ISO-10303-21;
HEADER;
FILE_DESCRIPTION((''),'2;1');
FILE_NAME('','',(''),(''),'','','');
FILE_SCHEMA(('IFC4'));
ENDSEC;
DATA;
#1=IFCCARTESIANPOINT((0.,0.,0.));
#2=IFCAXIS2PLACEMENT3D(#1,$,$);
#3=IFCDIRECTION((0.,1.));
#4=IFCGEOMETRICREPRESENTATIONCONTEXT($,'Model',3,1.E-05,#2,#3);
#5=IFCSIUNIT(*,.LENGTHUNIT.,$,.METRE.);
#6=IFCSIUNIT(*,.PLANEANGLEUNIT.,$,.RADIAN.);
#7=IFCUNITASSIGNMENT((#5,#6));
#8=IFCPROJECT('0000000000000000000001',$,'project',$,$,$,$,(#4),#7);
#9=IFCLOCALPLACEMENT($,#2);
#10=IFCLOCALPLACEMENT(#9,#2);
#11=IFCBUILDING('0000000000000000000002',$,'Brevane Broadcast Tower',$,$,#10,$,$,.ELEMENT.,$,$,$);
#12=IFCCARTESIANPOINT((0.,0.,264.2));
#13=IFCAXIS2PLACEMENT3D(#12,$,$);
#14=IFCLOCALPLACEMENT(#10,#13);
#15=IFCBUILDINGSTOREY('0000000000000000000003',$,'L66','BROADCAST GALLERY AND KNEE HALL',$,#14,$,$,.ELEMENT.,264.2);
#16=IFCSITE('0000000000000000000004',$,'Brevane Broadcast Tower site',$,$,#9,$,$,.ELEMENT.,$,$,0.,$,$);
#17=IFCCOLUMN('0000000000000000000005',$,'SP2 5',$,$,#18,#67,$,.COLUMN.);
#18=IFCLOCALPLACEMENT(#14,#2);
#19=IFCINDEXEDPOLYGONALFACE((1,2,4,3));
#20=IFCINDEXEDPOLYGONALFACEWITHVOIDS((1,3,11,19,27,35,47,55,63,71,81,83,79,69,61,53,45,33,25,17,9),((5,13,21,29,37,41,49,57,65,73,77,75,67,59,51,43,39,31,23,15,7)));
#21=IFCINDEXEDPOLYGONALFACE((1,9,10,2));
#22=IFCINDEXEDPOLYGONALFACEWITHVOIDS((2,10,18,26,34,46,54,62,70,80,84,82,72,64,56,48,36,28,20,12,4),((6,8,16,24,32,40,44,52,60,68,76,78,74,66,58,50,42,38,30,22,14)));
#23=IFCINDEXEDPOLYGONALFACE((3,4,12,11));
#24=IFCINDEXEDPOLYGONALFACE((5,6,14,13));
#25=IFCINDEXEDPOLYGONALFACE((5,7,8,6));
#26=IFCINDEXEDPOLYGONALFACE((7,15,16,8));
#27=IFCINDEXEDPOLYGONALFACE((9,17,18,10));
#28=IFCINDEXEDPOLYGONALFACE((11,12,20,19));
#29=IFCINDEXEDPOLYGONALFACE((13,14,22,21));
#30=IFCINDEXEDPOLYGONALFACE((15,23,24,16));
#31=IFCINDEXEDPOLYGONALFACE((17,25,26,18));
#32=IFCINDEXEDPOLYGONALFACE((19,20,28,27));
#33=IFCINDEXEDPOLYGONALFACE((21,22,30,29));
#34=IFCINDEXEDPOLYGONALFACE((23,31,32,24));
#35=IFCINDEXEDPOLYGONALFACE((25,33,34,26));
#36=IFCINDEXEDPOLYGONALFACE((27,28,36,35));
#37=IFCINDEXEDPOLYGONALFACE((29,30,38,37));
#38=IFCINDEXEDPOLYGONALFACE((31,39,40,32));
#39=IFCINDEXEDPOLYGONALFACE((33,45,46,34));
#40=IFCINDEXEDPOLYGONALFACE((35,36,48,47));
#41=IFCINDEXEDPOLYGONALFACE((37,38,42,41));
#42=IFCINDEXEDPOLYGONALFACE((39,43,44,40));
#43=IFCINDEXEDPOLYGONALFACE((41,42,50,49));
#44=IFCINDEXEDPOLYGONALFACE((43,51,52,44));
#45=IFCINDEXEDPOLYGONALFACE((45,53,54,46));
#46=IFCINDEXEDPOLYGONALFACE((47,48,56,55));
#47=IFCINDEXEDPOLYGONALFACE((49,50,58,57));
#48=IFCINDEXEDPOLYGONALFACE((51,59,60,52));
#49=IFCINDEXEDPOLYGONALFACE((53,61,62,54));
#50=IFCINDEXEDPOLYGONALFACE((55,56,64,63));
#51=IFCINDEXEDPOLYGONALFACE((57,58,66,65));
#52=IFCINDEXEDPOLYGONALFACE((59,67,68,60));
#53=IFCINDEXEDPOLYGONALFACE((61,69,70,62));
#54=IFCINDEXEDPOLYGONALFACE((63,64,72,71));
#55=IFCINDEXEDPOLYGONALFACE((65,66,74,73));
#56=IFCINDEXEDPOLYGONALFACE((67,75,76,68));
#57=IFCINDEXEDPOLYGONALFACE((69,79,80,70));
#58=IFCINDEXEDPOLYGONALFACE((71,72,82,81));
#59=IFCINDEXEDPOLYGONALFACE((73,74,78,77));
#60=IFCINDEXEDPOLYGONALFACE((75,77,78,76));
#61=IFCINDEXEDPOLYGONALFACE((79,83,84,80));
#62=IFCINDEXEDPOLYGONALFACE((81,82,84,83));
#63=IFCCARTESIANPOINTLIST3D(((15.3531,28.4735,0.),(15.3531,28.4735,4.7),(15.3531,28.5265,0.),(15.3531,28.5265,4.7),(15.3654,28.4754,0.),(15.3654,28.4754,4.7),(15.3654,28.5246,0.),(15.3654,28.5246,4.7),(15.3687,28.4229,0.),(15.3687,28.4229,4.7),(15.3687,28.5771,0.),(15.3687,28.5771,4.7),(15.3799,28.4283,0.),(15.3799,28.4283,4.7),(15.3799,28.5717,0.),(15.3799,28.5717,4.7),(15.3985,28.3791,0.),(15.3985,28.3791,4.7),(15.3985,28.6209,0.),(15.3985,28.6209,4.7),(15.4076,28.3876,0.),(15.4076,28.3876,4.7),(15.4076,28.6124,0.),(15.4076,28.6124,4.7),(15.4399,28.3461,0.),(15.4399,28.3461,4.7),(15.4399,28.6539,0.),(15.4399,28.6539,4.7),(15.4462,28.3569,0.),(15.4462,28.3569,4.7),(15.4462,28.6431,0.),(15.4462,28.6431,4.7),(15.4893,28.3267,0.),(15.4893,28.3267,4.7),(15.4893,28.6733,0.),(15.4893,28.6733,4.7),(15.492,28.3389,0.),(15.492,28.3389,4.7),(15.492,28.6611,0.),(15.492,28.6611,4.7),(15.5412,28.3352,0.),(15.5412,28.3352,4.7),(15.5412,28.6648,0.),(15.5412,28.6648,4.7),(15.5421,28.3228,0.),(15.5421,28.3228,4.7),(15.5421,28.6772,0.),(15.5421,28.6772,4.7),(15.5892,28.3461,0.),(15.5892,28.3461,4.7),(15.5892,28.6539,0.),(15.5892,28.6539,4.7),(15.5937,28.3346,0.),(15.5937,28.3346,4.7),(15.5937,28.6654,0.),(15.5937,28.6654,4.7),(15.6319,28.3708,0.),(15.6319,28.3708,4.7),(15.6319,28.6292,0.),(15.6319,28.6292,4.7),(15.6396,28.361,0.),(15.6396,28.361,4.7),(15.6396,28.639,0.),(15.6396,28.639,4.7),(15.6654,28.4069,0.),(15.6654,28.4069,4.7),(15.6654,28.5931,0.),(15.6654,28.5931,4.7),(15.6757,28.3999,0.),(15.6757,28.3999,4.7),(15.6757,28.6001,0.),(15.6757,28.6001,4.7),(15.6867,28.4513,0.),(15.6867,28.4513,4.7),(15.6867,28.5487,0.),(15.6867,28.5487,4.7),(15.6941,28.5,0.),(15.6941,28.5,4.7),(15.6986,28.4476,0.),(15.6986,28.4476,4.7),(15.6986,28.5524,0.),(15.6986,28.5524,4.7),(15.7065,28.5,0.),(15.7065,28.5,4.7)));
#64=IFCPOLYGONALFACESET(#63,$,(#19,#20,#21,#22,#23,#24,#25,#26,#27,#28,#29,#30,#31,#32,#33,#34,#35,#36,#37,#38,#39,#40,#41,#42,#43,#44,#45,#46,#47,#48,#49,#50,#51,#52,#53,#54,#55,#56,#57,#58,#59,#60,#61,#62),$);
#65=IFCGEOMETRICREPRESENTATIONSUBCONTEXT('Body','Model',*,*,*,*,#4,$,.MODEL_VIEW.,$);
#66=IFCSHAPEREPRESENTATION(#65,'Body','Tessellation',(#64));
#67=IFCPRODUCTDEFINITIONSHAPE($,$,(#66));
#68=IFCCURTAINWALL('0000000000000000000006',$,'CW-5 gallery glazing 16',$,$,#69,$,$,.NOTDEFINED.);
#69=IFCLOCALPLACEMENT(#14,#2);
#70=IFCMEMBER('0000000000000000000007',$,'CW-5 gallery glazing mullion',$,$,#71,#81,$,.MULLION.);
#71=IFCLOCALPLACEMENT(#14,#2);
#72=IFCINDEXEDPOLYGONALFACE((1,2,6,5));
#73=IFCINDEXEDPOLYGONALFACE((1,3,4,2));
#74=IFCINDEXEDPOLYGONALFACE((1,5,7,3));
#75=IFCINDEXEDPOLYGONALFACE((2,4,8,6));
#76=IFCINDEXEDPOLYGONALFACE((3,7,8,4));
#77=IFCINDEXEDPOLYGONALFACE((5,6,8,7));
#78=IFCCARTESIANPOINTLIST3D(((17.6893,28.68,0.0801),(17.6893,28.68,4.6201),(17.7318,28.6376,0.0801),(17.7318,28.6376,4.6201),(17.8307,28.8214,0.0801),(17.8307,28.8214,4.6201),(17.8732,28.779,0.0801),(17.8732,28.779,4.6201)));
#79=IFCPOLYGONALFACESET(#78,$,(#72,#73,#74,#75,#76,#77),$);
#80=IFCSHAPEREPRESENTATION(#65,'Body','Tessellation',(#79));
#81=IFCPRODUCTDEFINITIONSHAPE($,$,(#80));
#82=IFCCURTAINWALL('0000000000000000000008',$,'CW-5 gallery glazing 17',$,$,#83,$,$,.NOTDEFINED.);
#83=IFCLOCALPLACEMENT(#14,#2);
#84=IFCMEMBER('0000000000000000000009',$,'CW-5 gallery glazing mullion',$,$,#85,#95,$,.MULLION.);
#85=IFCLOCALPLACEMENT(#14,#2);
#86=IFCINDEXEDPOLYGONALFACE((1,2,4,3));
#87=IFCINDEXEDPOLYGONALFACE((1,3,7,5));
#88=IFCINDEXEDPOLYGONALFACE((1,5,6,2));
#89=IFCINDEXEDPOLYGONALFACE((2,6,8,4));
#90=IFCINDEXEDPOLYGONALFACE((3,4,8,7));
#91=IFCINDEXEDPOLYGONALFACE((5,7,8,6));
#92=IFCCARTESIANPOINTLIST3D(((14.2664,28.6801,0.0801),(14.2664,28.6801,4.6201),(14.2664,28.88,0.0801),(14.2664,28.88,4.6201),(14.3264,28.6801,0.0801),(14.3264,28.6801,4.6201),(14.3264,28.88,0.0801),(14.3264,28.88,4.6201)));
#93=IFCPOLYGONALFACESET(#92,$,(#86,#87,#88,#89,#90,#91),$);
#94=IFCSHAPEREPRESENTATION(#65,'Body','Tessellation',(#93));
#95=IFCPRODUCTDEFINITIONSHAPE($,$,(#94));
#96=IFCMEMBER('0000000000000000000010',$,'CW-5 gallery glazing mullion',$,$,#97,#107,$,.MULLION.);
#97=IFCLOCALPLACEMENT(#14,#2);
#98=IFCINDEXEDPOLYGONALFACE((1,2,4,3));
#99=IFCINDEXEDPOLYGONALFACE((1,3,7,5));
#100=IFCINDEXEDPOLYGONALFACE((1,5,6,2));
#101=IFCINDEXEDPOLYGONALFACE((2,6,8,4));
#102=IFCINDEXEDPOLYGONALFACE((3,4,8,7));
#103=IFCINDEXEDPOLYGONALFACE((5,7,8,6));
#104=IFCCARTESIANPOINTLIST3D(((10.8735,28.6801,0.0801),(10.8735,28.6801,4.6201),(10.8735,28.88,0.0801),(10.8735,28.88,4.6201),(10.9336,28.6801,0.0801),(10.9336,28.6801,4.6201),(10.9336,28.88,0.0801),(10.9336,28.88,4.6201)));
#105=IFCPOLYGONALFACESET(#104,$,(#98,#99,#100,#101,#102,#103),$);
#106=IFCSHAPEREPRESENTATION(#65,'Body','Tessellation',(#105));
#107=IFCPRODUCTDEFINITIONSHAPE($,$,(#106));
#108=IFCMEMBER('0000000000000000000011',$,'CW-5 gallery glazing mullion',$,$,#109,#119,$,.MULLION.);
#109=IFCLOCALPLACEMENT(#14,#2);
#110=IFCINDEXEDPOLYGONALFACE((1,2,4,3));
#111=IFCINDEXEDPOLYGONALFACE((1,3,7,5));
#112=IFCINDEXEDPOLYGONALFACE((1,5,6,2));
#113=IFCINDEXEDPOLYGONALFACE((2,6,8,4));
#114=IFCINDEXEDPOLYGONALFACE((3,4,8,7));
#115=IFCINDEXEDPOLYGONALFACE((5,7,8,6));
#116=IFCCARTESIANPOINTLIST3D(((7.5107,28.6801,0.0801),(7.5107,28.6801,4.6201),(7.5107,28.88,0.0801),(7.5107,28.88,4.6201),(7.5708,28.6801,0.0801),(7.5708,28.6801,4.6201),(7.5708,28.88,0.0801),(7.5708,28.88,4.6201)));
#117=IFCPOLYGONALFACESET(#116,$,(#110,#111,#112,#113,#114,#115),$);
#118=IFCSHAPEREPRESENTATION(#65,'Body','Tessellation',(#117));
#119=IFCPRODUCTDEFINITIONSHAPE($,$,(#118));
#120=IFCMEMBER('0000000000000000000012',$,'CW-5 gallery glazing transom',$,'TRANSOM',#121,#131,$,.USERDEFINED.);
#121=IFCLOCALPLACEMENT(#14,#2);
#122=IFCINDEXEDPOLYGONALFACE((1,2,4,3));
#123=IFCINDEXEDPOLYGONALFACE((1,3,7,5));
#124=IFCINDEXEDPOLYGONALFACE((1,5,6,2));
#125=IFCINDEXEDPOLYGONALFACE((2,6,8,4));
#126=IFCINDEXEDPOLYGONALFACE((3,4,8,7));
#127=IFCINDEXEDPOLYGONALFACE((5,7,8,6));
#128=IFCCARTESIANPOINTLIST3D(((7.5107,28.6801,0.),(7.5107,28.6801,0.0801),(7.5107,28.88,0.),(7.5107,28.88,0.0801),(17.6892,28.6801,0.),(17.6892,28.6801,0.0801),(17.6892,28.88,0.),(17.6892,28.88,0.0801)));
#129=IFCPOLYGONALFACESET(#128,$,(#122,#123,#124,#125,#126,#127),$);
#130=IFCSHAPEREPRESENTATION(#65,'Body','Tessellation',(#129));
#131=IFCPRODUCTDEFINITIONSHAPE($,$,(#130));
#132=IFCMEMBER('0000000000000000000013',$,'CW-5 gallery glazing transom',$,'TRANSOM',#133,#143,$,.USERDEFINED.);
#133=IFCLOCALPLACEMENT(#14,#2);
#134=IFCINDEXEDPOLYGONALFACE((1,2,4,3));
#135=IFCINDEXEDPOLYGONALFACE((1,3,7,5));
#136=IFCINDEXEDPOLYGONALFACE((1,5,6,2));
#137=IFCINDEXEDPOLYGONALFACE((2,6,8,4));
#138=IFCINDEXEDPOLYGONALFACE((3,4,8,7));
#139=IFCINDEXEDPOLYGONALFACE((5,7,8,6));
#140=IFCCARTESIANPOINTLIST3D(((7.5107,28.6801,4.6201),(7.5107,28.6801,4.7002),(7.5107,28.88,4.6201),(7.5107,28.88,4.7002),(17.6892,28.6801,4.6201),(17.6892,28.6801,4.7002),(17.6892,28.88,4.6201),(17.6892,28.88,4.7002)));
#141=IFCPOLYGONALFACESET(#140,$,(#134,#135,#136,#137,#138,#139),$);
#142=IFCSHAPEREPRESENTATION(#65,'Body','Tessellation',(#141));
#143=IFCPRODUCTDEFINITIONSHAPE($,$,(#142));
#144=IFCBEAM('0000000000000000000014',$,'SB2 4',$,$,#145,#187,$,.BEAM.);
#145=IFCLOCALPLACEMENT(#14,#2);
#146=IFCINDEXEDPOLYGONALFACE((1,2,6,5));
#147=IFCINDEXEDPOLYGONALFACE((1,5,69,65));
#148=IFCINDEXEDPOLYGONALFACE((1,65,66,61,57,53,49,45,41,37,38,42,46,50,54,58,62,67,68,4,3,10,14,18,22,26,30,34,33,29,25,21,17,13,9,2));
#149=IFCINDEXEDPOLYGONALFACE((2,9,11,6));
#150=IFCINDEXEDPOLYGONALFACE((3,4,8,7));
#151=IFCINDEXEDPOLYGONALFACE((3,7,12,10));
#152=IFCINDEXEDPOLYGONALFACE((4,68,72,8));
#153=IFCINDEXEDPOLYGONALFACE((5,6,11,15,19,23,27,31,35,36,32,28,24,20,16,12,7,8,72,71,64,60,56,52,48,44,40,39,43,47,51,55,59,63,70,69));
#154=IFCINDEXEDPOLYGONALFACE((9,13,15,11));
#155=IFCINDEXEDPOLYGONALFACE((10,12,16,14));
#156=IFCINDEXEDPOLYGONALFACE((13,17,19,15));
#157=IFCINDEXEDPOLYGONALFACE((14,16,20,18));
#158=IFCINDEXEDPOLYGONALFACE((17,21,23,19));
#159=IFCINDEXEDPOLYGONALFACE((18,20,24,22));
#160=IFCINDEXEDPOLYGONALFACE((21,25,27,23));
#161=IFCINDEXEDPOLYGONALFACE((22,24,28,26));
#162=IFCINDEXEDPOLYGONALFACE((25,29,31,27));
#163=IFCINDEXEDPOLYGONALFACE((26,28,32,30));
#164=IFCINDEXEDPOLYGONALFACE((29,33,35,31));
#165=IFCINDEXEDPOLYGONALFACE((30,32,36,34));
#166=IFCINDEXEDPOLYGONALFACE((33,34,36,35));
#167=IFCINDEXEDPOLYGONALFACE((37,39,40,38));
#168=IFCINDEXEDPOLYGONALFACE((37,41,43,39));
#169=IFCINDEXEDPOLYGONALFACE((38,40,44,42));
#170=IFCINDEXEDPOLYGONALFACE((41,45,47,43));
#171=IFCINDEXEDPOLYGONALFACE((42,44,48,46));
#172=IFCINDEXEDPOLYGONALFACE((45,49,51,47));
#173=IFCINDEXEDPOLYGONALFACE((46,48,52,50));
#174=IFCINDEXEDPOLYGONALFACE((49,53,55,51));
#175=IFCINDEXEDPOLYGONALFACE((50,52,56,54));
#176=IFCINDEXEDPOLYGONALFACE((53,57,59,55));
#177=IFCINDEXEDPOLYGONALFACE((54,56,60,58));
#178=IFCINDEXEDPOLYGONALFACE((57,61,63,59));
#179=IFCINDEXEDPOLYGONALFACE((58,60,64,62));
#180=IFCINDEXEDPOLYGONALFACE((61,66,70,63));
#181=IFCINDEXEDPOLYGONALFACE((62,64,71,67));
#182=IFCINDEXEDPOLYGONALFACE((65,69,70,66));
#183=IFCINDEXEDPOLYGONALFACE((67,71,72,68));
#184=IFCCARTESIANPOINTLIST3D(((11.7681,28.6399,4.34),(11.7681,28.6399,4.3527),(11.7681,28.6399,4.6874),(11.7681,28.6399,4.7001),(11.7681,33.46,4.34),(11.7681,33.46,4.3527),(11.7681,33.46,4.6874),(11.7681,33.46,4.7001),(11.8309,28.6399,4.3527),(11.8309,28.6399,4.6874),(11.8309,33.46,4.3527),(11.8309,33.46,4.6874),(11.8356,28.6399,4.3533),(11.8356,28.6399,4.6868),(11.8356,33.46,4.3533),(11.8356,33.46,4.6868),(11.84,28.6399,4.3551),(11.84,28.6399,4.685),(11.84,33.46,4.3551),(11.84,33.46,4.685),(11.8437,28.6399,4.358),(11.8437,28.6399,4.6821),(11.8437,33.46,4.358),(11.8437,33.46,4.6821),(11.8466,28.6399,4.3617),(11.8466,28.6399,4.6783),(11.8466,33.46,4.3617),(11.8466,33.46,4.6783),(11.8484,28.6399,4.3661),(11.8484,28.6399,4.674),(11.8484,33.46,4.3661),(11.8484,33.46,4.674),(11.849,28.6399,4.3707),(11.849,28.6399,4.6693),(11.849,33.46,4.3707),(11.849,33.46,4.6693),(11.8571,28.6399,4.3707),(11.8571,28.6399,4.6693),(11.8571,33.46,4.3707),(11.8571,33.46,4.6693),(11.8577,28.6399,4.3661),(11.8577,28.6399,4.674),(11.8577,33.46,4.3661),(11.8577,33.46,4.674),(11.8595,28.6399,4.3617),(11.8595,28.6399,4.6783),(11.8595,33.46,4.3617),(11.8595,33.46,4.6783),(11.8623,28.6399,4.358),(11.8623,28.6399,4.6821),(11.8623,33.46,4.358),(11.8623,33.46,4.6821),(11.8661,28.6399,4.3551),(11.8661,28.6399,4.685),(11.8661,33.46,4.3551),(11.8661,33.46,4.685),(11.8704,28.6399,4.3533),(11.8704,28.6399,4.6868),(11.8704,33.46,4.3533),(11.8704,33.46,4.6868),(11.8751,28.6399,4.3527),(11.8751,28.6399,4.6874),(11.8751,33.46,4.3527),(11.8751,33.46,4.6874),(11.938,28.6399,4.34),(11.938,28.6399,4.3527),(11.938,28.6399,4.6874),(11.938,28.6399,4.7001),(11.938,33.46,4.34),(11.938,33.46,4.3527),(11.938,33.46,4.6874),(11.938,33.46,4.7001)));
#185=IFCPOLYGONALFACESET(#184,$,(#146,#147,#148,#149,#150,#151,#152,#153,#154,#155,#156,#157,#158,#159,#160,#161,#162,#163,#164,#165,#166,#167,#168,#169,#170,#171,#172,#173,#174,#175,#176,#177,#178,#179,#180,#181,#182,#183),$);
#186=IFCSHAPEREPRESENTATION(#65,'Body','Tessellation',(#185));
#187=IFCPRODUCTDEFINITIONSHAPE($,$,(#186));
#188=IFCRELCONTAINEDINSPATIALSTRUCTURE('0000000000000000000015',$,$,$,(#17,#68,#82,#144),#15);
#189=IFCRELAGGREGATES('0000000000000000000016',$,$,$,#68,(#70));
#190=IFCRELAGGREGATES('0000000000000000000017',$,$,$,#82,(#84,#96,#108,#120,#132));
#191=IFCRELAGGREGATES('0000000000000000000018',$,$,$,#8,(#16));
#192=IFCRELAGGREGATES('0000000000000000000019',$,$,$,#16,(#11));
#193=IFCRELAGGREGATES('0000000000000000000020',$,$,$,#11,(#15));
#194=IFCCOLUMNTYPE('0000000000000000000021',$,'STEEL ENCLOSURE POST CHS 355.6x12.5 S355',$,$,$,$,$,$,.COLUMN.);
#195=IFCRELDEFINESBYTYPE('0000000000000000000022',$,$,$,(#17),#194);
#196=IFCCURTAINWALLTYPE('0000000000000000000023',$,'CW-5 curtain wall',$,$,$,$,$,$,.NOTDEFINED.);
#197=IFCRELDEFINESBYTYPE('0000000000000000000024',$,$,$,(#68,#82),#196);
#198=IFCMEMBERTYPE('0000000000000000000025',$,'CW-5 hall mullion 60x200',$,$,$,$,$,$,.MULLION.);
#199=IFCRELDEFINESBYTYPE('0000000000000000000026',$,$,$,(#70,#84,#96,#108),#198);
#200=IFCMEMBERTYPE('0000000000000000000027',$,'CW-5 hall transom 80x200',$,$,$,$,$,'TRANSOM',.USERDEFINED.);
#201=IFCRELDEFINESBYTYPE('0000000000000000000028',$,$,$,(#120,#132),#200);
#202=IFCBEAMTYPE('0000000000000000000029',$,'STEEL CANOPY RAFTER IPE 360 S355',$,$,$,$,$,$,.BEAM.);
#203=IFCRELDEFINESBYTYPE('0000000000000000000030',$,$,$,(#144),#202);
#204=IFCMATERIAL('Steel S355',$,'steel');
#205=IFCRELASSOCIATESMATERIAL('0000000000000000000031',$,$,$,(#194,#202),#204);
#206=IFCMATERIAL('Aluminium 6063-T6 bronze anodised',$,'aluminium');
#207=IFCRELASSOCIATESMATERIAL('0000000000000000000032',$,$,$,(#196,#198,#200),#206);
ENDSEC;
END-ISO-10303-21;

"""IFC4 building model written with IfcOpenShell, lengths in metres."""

from ifc_helpers import new_model, si_unit, direction, frame, origin, origin_2d, place, context, subcontext, project, spatial, rectangle, hollow_circle, i_section, extrude, material, material_profile, profile_set, type_object, element, aggregate, save


model = new_model("IFC4")

# Units and contexts
model_context = context("Model", 3, precision=1e-05, world=origin(), true_north=direction((0.0, 1.0)))
body_context = subcontext(model_context, "Body", "Model", "MODEL_VIEW")
ifc_project = project(units=[si_unit("LENGTHUNIT", "METRE"), si_unit("PLANEANGLEUNIT", "RADIAN")], contexts=[model_context])

# Site, building, storey
site_placement = place(None, origin())
site = spatial("IfcSite", under=ifc_project, at=site_placement, Name="Brevane Broadcast Tower site", CompositionType="ELEMENT", RefElevation=0.0)
building_placement = place(site_placement, origin())
building = spatial("IfcBuilding", under=site, at=building_placement, Name="Brevane Broadcast Tower", CompositionType="ELEMENT")
storey_placement = place(building_placement, frame((0.0, 0.0, 264.2)))
storey = spatial("IfcBuildingStorey", under=building, at=storey_placement, Name="L66", Description="BROADCAST GALLERY AND KNEE HALL", CompositionType="ELEMENT", Elevation=264.2)

# Column
ifc_material_1 = material(Name="Steel S355", Category="steel")
ifc_material_profile_1 = material_profile(ifc_material_1, hollow_circle(Radius=0.1777, WallThickness=0.0125, at=origin_2d()), Name="CHS 355.6x12.5")
ifc_profile_set_1 = profile_set([ifc_material_profile_1], Name="Steel S355")
column_type = type_object("IfcColumnType", Name="STEEL ENCLOSURE POST CHS 355.6x12.5 S355", PredefinedType="COLUMN", material=ifc_profile_set_1)
for number, where, z_axis, x_axis, name in (
    (1, (15.5288, 28.5, 0.0), (0.0, 0.0, 1.0), (1.0, 0.0, 0.0), "SP2 5"),
):
    element("IfcColumn", number, at=place(storey_placement, frame(where, z_axis=z_axis, x_axis=x_axis)), inside=storey, type_object=column_type, Name=name, PredefinedType="COLUMN", context=body_context, shape_type="SweptSolid", body=[
        extrude(hollow_circle(Radius=0.1777, WallThickness=0.0125, at=origin_2d()), origin(), (0.0, 0.0, 1.0), 4.7),
    ])

# Curtain wall, member
ifc_material_2 = material(Name="Aluminium 6063-T6 bronze anodised", Category="aluminium")
curtain_wall_type = type_object("IfcCurtainWallType", Name="CW-5 curtain wall", PredefinedType="NOTDEFINED", material=ifc_material_2)
curtain_wall_1_placement = place(storey_placement, origin())
curtain_wall_1 = element("IfcCurtainWall", 2, at=curtain_wall_1_placement, inside=storey, type_object=curtain_wall_type, Name="CW-5 gallery glazing 16", PredefinedType="NOTDEFINED")
ifc_material_profile_2 = material_profile(ifc_material_2, rectangle(XDim=0.2, YDim=0.0601, at=origin_2d()), Name="RECT 60x200")
ifc_profile_set_2 = profile_set([ifc_material_profile_2], Name="Aluminium 6063-T6 bronze anodised")
member_type_1 = type_object("IfcMemberType", Name="CW-5 hall mullion 60x200", PredefinedType="MULLION", material=ifc_profile_set_2)
member_1_placement = place(storey_placement, frame((17.7812, 28.7295, 0.0801), z_axis=(0.0, 0.0, 1.0), x_axis=(-0.707107, -0.707107, 0.0)))
member_1 = element("IfcMember", 3, at=member_1_placement, type_object=member_type_1, Name="CW-5 gallery glazing mullion", PredefinedType="MULLION", context=body_context, shape_type="SweptSolid", body=[
    extrude(rectangle(XDim=0.2, YDim=0.0601, at=origin_2d()), origin(), (0.0, 0.0, 1.0), 4.54),
])
aggregate(curtain_wall_1, [member_1])

# Curtain wall, members
curtain_wall_2_placement = place(storey_placement, origin())
curtain_wall_2 = element("IfcCurtainWall", 4, at=curtain_wall_2_placement, inside=storey, type_object=curtain_wall_type, Name="CW-5 gallery glazing 17", PredefinedType="NOTDEFINED")
member_2_placement = place(storey_placement, frame((14.2964, 28.78, 0.0801), z_axis=(0.0, 0.0, 1.0), x_axis=(0.0, -1.0, 0.0)))
member_2 = element("IfcMember", 5, at=member_2_placement, type_object=member_type_1, Name="CW-5 gallery glazing mullion", PredefinedType="MULLION", context=body_context, shape_type="SweptSolid", body=[
    extrude(rectangle(XDim=0.2, YDim=0.0601, at=origin_2d()), origin(), (0.0, 0.0, 1.0), 4.54),
])
member_3_placement = place(storey_placement, frame((10.9036, 28.78, 0.0801), z_axis=(0.0, 0.0, 1.0), x_axis=(0.0, -1.0, 0.0)))
member_3 = element("IfcMember", 6, at=member_3_placement, type_object=member_type_1, Name="CW-5 gallery glazing mullion", PredefinedType="MULLION", context=body_context, shape_type="SweptSolid", body=[
    extrude(rectangle(XDim=0.2, YDim=0.0601, at=origin_2d()), origin(), (0.0, 0.0, 1.0), 4.54),
])
member_4_placement = place(storey_placement, frame((7.5408, 28.78, 0.0801), z_axis=(0.0, 0.0, 1.0), x_axis=(0.0, -1.0, 0.0)))
member_4 = element("IfcMember", 7, at=member_4_placement, type_object=member_type_1, Name="CW-5 gallery glazing mullion", PredefinedType="MULLION", context=body_context, shape_type="SweptSolid", body=[
    extrude(rectangle(XDim=0.2, YDim=0.0601, at=origin_2d()), origin(), (0.0, 0.0, 1.0), 4.54),
])
ifc_material_profile_3 = material_profile(ifc_material_2, rectangle(XDim=0.2, YDim=0.0801, at=origin_2d()), Name="RECT 80x200")
ifc_profile_set_3 = profile_set([ifc_material_profile_3], Name="Aluminium 6063-T6 bronze anodised")
member_type_2 = type_object("IfcMemberType", Name="CW-5 hall transom 80x200", ElementType="TRANSOM", PredefinedType="USERDEFINED", material=ifc_profile_set_3)
member_5_placement = place(storey_placement, frame((17.6892, 28.78, 0.04), z_axis=(-1.0, 0.0, 0.0), x_axis=(0.0, -1.0, 0.0)))
member_5 = element("IfcMember", 8, at=member_5_placement, type_object=member_type_2, Name="CW-5 gallery glazing transom", ObjectType="TRANSOM", PredefinedType="USERDEFINED", context=body_context, shape_type="SweptSolid", body=[
    extrude(rectangle(XDim=0.2, YDim=0.0801, at=origin_2d()), origin(), (0.0, 0.0, 1.0), 10.1785),
])
member_6_placement = place(storey_placement, frame((17.6892, 28.78, 4.6602), z_axis=(-1.0, 0.0, 0.0), x_axis=(0.0, -1.0, 0.0)))
member_6 = element("IfcMember", 9, at=member_6_placement, type_object=member_type_2, Name="CW-5 gallery glazing transom", ObjectType="TRANSOM", PredefinedType="USERDEFINED", context=body_context, shape_type="SweptSolid", body=[
    extrude(rectangle(XDim=0.2, YDim=0.0801, at=origin_2d()), origin(), (0.0, 0.0, 1.0), 10.1785),
])

# Beam
ifc_material_profile_4 = material_profile(ifc_material_1, i_section(OverallWidth=0.1699, OverallDepth=0.3601, WebThickness=0.0081, FlangeThickness=0.0127, FilletRadius=0.0181, at=origin_2d()), Name="IPE 360")
ifc_profile_set_4 = profile_set([ifc_material_profile_4], Name="Steel S355")
beam_type_1 = type_object("IfcBeamType", Name="STEEL CANOPY RAFTER IPE 360 S355", PredefinedType="BEAM", material=ifc_profile_set_4)
for number, where, z_axis, x_axis, name in (
    (10, (11.853, 28.6399, 4.52), (0.0, 1.0, 0.0), (-1.0, 0.0, 0.0), "SB2 4"),
):
    element("IfcBeam", number, at=place(storey_placement, frame(where, z_axis=z_axis, x_axis=x_axis)), inside=storey, type_object=beam_type_1, Name=name, PredefinedType="BEAM", context=body_context, shape_type="SweptSolid", body=[
        extrude(i_section(OverallWidth=0.1699, OverallDepth=0.3601, WebThickness=0.0081, FlangeThickness=0.0127, FilletRadius=0.0181, at=origin_2d()), origin(), (0.0, 0.0, 1.0), 4.8201),
    ])

aggregate(curtain_wall_2, [member_2, member_3, member_4, member_5, member_6])

save(model, "model.ifc")
